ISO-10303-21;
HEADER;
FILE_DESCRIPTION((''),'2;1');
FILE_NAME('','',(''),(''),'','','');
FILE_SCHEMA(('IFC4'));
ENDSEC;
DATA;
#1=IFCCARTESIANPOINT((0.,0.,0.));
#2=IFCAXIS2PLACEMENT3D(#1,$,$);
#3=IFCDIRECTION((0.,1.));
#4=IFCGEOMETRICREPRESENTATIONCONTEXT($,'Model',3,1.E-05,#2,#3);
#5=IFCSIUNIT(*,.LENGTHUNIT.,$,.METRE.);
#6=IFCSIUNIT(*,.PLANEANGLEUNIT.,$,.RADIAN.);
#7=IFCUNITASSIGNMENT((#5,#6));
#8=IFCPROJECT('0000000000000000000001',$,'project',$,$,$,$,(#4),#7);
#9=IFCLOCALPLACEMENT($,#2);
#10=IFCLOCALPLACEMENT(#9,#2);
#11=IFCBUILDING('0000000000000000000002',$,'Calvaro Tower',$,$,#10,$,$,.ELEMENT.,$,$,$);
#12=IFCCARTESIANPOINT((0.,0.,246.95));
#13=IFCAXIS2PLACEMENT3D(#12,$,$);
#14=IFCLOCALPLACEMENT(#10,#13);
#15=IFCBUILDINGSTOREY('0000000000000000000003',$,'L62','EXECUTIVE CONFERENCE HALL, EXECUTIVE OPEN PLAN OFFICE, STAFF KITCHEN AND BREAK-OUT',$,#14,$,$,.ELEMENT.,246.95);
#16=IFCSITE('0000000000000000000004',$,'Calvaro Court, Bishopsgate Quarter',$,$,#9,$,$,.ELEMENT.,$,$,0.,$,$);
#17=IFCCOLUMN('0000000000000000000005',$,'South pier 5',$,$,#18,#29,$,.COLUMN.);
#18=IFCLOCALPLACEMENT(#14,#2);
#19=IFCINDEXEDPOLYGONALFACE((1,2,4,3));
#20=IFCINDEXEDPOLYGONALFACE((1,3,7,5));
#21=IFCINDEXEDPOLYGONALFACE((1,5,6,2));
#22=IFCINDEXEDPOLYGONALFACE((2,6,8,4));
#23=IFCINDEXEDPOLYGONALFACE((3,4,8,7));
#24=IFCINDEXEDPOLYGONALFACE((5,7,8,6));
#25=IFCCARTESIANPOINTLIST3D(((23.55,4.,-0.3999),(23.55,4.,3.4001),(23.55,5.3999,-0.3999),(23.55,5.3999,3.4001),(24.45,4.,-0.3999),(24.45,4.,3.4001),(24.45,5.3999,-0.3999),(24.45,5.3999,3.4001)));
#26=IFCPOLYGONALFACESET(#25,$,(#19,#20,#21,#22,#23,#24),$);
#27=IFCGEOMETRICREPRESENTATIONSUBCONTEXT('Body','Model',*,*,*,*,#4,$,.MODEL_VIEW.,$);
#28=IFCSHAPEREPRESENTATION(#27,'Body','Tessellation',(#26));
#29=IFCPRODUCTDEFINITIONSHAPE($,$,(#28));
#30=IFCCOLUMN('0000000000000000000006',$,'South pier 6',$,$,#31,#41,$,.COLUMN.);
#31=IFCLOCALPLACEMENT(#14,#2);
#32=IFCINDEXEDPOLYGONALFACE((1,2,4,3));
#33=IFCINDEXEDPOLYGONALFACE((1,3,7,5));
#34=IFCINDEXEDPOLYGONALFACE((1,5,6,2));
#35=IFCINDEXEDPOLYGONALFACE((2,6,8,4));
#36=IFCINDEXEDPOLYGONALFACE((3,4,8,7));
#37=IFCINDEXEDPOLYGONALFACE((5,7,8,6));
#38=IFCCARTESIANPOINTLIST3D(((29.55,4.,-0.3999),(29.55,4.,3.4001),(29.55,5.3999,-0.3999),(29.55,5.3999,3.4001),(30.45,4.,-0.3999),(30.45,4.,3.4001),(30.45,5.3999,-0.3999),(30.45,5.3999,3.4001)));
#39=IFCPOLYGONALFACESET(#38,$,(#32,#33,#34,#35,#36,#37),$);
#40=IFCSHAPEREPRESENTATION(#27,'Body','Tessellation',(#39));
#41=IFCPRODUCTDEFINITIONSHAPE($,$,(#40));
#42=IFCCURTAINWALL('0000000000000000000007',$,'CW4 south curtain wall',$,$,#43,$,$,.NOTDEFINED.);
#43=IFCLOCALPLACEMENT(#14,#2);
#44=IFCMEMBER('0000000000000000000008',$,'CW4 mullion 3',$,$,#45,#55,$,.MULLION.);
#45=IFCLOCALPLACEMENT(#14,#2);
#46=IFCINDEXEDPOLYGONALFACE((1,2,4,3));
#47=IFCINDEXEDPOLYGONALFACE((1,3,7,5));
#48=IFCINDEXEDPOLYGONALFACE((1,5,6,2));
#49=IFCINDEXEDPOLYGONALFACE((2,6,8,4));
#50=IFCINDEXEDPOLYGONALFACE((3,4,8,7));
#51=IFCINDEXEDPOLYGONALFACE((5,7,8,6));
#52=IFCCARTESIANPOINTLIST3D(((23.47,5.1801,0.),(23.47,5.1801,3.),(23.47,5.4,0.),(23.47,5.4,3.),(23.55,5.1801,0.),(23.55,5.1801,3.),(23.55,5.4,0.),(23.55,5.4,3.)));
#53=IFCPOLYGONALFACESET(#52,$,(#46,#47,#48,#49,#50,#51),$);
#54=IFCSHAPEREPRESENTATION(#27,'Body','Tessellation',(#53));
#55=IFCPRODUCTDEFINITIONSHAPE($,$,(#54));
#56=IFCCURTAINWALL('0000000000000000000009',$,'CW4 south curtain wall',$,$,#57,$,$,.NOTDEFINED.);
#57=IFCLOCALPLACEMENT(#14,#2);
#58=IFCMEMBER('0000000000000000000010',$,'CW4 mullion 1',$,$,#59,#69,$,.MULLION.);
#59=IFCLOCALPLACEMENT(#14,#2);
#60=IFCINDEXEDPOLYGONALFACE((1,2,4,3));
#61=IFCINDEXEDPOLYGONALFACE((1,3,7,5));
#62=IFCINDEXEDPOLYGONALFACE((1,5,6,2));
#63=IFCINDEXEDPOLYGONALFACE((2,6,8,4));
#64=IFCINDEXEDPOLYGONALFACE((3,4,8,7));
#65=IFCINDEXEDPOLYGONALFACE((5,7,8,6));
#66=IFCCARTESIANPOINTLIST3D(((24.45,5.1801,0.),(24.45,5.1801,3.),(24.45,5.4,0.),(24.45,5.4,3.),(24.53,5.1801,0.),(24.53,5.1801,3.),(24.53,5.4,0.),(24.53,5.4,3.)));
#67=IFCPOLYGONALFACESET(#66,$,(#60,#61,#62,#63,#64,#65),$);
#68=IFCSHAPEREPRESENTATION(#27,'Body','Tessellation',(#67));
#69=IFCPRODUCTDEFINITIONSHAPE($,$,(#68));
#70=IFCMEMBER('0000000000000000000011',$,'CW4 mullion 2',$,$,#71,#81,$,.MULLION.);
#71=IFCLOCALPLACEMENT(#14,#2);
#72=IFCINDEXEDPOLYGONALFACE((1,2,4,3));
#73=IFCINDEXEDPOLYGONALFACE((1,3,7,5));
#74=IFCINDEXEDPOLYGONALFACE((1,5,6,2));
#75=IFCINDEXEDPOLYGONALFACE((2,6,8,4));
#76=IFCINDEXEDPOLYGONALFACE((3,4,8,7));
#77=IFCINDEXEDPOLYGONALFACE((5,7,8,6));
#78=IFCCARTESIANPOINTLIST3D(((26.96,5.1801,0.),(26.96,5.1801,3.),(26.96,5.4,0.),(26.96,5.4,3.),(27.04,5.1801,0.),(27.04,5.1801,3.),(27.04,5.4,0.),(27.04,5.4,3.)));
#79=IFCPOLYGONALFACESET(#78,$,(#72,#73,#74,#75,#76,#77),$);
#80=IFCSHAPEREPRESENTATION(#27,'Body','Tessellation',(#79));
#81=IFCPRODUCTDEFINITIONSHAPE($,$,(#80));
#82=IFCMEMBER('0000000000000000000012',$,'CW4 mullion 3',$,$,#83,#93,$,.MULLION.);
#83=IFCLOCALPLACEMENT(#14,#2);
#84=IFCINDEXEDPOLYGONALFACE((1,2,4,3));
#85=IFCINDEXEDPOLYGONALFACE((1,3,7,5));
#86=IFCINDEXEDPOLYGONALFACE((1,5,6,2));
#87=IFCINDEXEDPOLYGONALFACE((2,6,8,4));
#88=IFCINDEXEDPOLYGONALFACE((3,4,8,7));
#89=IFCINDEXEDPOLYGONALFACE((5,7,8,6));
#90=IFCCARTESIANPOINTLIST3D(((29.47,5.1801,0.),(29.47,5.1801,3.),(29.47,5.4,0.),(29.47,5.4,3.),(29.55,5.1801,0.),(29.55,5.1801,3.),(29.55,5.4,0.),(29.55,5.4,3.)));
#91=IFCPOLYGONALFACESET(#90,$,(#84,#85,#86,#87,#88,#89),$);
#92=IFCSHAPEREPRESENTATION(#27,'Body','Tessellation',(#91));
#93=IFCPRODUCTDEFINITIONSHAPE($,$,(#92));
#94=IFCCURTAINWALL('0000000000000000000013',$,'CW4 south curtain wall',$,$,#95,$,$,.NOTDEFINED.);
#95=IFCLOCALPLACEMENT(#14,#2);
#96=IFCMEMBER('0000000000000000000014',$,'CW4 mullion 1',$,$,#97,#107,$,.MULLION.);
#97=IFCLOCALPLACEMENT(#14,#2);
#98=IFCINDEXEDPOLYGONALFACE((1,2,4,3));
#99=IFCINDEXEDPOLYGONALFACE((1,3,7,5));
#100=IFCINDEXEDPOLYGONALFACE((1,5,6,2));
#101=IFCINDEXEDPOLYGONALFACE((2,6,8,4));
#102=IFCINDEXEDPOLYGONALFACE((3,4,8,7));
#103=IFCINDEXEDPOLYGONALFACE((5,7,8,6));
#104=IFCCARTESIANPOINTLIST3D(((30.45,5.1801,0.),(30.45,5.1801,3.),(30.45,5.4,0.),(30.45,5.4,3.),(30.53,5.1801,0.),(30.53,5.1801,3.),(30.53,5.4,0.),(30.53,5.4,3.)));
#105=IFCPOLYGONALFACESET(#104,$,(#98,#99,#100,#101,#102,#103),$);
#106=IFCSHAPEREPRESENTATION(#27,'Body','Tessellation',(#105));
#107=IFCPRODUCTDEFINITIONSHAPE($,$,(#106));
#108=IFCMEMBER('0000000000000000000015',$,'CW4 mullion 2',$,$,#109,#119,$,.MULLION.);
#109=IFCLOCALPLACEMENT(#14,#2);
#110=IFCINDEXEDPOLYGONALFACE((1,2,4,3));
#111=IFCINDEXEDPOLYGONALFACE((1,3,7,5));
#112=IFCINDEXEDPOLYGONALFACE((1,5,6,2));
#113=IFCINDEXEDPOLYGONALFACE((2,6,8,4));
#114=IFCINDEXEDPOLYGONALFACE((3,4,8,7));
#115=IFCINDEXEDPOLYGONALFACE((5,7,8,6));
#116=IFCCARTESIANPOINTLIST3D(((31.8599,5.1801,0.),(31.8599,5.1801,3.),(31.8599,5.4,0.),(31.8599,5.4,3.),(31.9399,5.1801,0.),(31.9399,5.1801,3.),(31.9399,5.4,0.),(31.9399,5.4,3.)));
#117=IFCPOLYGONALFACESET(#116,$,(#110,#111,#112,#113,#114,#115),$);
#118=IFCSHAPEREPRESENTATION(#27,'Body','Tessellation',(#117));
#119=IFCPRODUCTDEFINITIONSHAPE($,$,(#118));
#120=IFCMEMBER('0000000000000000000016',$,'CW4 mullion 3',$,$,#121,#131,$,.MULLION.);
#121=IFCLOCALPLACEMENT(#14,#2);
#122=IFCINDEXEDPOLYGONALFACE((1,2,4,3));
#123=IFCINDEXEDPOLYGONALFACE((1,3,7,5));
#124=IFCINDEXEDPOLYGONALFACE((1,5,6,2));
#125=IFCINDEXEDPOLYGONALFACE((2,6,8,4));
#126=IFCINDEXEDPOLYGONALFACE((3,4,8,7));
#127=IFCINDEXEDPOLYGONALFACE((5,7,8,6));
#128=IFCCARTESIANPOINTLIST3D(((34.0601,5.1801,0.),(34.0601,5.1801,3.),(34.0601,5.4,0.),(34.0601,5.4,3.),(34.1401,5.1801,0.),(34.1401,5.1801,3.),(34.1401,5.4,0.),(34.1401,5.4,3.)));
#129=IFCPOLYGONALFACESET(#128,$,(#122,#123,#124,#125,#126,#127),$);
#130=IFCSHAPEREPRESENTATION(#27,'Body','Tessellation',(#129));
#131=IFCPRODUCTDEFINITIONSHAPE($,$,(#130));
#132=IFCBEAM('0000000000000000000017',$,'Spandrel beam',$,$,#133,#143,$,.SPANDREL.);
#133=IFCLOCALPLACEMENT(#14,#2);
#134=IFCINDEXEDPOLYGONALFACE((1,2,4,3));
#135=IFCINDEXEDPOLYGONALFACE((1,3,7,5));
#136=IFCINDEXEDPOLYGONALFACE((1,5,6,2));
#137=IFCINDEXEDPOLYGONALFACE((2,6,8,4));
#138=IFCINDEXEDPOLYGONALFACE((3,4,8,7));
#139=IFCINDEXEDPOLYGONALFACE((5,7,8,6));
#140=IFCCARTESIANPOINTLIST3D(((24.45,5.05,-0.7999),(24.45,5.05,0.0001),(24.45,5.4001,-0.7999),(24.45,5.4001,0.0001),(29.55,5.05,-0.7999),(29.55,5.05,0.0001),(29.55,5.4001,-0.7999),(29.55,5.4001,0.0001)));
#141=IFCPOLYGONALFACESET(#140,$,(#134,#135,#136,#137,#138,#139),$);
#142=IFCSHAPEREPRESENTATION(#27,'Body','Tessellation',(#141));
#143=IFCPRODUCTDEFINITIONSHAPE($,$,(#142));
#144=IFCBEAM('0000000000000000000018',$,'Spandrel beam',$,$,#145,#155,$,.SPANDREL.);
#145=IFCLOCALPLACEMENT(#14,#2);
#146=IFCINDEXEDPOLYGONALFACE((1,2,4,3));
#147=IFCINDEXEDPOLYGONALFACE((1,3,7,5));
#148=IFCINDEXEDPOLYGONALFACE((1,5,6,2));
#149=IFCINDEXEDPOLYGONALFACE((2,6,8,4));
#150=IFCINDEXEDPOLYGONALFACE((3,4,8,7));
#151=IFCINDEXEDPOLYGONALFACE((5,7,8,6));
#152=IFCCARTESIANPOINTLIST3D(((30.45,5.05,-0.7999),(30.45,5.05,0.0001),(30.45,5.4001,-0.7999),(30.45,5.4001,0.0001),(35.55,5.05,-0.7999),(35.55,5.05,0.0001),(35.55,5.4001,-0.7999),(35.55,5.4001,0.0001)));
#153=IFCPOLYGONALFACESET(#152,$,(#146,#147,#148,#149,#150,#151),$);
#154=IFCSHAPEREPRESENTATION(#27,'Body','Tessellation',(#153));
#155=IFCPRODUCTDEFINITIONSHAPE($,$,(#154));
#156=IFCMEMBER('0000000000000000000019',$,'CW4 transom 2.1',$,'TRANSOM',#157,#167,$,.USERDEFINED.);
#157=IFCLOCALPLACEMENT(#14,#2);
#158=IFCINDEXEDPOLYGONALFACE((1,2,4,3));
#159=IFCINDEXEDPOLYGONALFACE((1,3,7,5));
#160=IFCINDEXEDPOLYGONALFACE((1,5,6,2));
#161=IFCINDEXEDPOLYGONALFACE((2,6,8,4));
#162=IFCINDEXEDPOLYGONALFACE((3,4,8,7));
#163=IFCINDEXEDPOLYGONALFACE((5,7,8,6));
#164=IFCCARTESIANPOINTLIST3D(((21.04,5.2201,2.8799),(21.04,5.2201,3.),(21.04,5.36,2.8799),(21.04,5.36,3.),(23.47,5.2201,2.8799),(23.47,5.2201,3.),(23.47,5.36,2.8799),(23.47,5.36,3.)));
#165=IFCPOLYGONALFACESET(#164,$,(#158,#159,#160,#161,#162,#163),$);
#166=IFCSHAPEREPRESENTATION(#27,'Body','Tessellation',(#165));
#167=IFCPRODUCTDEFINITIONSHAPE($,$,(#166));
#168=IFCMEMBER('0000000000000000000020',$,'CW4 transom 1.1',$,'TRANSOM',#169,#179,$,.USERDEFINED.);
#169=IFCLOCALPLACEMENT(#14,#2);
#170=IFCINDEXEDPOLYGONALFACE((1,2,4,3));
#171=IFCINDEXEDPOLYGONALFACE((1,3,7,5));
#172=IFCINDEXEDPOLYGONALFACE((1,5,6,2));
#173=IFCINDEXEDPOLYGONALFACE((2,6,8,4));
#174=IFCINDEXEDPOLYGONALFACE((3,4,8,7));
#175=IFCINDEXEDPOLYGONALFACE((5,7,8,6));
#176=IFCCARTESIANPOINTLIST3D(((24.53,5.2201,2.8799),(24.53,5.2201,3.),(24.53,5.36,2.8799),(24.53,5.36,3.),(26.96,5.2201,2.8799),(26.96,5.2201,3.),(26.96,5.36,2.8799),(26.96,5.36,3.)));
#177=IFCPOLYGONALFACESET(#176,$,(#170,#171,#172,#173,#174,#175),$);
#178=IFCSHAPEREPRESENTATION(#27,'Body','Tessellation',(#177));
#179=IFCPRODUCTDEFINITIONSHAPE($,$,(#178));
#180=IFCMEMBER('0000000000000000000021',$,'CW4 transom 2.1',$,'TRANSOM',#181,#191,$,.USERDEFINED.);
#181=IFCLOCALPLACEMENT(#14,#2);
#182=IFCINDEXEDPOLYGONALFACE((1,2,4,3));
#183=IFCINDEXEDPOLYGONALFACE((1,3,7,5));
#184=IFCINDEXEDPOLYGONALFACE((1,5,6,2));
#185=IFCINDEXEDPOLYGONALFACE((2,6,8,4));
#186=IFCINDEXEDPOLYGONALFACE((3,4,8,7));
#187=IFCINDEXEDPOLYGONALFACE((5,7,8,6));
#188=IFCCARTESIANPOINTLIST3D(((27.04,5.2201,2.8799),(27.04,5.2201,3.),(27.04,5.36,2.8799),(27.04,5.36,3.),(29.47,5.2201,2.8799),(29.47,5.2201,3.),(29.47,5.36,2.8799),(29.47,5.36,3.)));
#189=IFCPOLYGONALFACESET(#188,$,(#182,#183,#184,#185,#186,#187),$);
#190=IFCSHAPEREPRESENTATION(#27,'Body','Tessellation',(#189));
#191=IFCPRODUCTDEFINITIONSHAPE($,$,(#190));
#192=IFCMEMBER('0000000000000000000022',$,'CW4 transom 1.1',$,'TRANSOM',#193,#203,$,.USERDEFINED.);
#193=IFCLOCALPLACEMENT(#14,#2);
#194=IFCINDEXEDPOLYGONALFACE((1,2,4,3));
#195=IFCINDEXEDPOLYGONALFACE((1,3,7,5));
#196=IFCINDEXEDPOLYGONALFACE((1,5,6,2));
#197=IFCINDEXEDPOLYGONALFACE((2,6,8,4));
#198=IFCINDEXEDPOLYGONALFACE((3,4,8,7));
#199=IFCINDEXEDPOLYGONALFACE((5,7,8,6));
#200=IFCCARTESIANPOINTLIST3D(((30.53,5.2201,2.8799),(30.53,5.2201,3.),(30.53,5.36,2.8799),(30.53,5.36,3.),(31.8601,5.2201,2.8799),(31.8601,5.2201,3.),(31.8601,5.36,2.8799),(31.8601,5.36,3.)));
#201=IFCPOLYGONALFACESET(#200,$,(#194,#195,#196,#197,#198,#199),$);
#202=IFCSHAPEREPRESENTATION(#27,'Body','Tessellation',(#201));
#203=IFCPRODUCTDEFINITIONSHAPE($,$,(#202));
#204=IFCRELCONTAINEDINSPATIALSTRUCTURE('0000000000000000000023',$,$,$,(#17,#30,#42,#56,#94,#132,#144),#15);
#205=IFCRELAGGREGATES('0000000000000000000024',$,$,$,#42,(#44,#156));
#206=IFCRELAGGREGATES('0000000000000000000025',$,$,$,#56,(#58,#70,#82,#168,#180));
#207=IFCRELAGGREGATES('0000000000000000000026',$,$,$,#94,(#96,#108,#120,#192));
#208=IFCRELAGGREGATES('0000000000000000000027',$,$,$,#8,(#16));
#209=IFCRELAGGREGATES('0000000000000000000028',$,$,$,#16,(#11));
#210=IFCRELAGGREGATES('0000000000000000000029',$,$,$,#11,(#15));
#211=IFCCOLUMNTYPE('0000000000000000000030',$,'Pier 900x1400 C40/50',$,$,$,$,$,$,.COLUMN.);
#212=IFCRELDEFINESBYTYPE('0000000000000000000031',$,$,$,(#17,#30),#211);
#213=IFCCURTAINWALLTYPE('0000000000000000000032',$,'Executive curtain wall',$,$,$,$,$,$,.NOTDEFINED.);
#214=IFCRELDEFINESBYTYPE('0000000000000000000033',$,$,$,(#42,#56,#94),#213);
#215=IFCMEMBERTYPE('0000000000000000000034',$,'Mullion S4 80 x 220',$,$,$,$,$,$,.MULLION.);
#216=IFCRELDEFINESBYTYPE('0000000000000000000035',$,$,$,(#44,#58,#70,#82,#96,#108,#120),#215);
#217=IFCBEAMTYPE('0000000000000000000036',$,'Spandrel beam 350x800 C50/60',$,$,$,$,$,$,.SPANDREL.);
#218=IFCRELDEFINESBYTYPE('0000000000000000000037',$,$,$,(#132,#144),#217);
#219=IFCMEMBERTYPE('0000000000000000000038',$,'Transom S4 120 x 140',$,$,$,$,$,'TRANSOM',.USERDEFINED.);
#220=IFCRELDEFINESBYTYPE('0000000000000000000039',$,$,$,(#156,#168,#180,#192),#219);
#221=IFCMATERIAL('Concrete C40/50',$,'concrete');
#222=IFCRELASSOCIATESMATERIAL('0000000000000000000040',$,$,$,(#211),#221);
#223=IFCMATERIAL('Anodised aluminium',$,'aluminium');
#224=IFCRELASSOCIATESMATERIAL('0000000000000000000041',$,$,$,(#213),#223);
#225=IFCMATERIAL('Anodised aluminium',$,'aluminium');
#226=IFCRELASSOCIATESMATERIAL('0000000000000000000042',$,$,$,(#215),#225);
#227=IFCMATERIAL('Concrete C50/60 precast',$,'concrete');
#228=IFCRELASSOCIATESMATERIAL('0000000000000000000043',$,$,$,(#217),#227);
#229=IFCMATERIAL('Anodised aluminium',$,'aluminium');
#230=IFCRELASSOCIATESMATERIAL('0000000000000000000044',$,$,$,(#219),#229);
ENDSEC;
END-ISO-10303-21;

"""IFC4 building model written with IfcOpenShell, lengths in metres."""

from ifc_helpers import new_model, si_unit, direction, frame, origin, origin_2d, place, context, subcontext, project, spatial, rectangle, extrude, material, material_profile, profile_set, type_object, element, aggregate, save


model = new_model("IFC4")

# Units and contexts
model_context = context("Model", 3, precision=1e-05, world=origin(), true_north=direction((0.0, 1.0)))
body_context = subcontext(model_context, "Body", "Model", "MODEL_VIEW")
ifc_project = project(units=[si_unit("LENGTHUNIT", "METRE"), si_unit("PLANEANGLEUNIT", "RADIAN")], contexts=[model_context])

# Site, building, storey
site_placement = place(None, origin())
site = spatial("IfcSite", under=ifc_project, at=site_placement, Name="Calvaro Court, Bishopsgate Quarter", CompositionType="ELEMENT", RefElevation=0.0)
building_placement = place(site_placement, origin())
building = spatial("IfcBuilding", under=site, at=building_placement, Name="Calvaro Tower", CompositionType="ELEMENT")
storey_placement = place(building_placement, frame((0.0, 0.0, 246.95)))
storey = spatial("IfcBuildingStorey", under=building, at=storey_placement, Name="L62", Description="EXECUTIVE CONFERENCE HALL, EXECUTIVE OPEN PLAN OFFICE, STAFF KITCHEN AND BREAK-OUT", CompositionType="ELEMENT", Elevation=246.95)

# Columns
ifc_material_1 = material(Name="Concrete C40/50", Category="concrete")
ifc_material_profile_1 = material_profile(ifc_material_1, rectangle(XDim=0.8999, YDim=1.3999, at=origin_2d()), Name="RC 900x1400")
ifc_profile_set_1 = profile_set([ifc_material_profile_1], Name="Concrete C40/50")
column_type = type_object("IfcColumnType", Name="Pier 900x1400 C40/50", PredefinedType="COLUMN", material=ifc_profile_set_1)
for number, where, z_axis, x_axis, name in (
    (1, (24.0, 4.7, -0.3999), (0.0, 0.0, 1.0), (1.0, 0.0, 0.0), "South pier 5"),
    (2, (30.0, 4.7, -0.3999), (0.0, 0.0, 1.0), (1.0, 0.0, 0.0), "South pier 6"),
):
    element("IfcColumn", number, at=place(storey_placement, frame(where, z_axis=z_axis, x_axis=x_axis)), inside=storey, type_object=column_type, Name=name, PredefinedType="COLUMN", context=body_context, shape_type="SweptSolid", body=[
        extrude(rectangle(XDim=0.8999, YDim=1.3999, at=origin_2d()), origin(), (0.0, 0.0, 1.0), 3.8),
    ])

# Curtain wall, member
ifc_material_2 = material(Name="Anodised aluminium", Category="aluminium")
curtain_wall_type = type_object("IfcCurtainWallType", Name="Executive curtain wall", PredefinedType="NOTDEFINED", material=ifc_material_2)
curtain_wall_1_placement = place(storey_placement, origin())
curtain_wall_1 = element("IfcCurtainWall", 3, at=curtain_wall_1_placement, inside=storey, type_object=curtain_wall_type, Name="CW4 south curtain wall", PredefinedType="NOTDEFINED")
ifc_material_3 = material(Name="Anodised aluminium", Category="aluminium")
ifc_material_profile_2 = material_profile(ifc_material_3, rectangle(XDim=0.22, YDim=0.0801, at=origin_2d()), Name="Mullion S4 80 x 220")
ifc_profile_set_2 = profile_set([ifc_material_profile_2], Name="Anodised aluminium")
member_type_1 = type_object("IfcMemberType", Name="Mullion S4 80 x 220", PredefinedType="MULLION", material=ifc_profile_set_2)
member_1_placement = place(storey_placement, frame((23.51, 5.29, 0.0), z_axis=(0.0, 0.0, 1.0), x_axis=(0.0, 1.0, 0.0)))
member_1 = element("IfcMember", 4, at=member_1_placement, type_object=member_type_1, Name="CW4 mullion 3", PredefinedType="MULLION", context=body_context, shape_type="SweptSolid", body=[
    extrude(rectangle(XDim=0.22, YDim=0.0801, at=origin_2d()), origin(), (0.0, 0.0, 1.0), 3.0),
])

# Curtain walls, members
curtain_wall_2_placement = place(storey_placement, origin())
curtain_wall_2 = element("IfcCurtainWall", 5, at=curtain_wall_2_placement, inside=storey, type_object=curtain_wall_type, Name="CW4 south curtain wall", PredefinedType="NOTDEFINED")
member_2_placement = place(storey_placement, frame((24.49, 5.29, 0.0), z_axis=(0.0, 0.0, 1.0), x_axis=(0.0, 1.0, 0.0)))
member_2 = element("IfcMember", 6, at=member_2_placement, type_object=member_type_1, Name="CW4 mullion 1", PredefinedType="MULLION", context=body_context, shape_type="SweptSolid", body=[
    extrude(rectangle(XDim=0.22, YDim=0.0801, at=origin_2d()), origin(), (0.0, 0.0, 1.0), 3.0),
])
member_3_placement = place(storey_placement, frame((27.0, 5.29, 0.0), z_axis=(0.0, 0.0, 1.0), x_axis=(0.0, 1.0, 0.0)))
member_3 = element("IfcMember", 7, at=member_3_placement, type_object=member_type_1, Name="CW4 mullion 2", PredefinedType="MULLION", context=body_context, shape_type="SweptSolid", body=[
    extrude(rectangle(XDim=0.22, YDim=0.0801, at=origin_2d()), origin(), (0.0, 0.0, 1.0), 3.0),
])
member_4_placement = place(storey_placement, frame((29.51, 5.29, 0.0), z_axis=(0.0, 0.0, 1.0), x_axis=(0.0, 1.0, 0.0)))
member_4 = element("IfcMember", 8, at=member_4_placement, type_object=member_type_1, Name="CW4 mullion 3", PredefinedType="MULLION", context=body_context, shape_type="SweptSolid", body=[
    extrude(rectangle(XDim=0.22, YDim=0.0801, at=origin_2d()), origin(), (0.0, 0.0, 1.0), 3.0),
])
curtain_wall_3_placement = place(storey_placement, origin())
curtain_wall_3 = element("IfcCurtainWall", 9, at=curtain_wall_3_placement, inside=storey, type_object=curtain_wall_type, Name="CW4 south curtain wall", PredefinedType="NOTDEFINED")
member_5_placement = place(storey_placement, frame((30.49, 5.29, 0.0), z_axis=(0.0, 0.0, 1.0), x_axis=(0.0, 1.0, 0.0)))
member_5 = element("IfcMember", 10, at=member_5_placement, type_object=member_type_1, Name="CW4 mullion 1", PredefinedType="MULLION", context=body_context, shape_type="SweptSolid", body=[
    extrude(rectangle(XDim=0.22, YDim=0.0801, at=origin_2d()), origin(), (0.0, 0.0, 1.0), 3.0),
])
member_6_placement = place(storey_placement, frame((31.8999, 5.29, 0.0), z_axis=(0.0, 0.0, 1.0), x_axis=(0.0, 1.0, 0.0)))
member_6 = element("IfcMember", 11, at=member_6_placement, type_object=member_type_1, Name="CW4 mullion 2", PredefinedType="MULLION", context=body_context, shape_type="SweptSolid", body=[
    extrude(rectangle(XDim=0.22, YDim=0.0801, at=origin_2d()), origin(), (0.0, 0.0, 1.0), 3.0),
])
member_7_placement = place(storey_placement, frame((34.1001, 5.29, 0.0), z_axis=(0.0, 0.0, 1.0), x_axis=(0.0, 1.0, 0.0)))
member_7 = element("IfcMember", 12, at=member_7_placement, type_object=member_type_1, Name="CW4 mullion 3", PredefinedType="MULLION", context=body_context, shape_type="SweptSolid", body=[
    extrude(rectangle(XDim=0.22, YDim=0.0801, at=origin_2d()), origin(), (0.0, 0.0, 1.0), 3.0),
])

# Beams
ifc_material_4 = material(Name="Concrete C50/60 precast", Category="concrete")
ifc_material_profile_3 = material_profile(ifc_material_4, rectangle(XDim=0.3501, YDim=0.8, at=origin_2d()), Name="RC 350x800")
ifc_profile_set_3 = profile_set([ifc_material_profile_3], Name="Concrete C50/60 precast")
beam_type = type_object("IfcBeamType", Name="Spandrel beam 350x800 C50/60", PredefinedType="SPANDREL", material=ifc_profile_set_3)
for number, where, z_axis, x_axis, name in (
    (13, (24.45, 5.2251, -0.3999), (1.0, 0.0, 0.0), (0.0, 1.0, 0.0), "Spandrel beam"),
    (14, (30.45, 5.2251, -0.3999), (1.0, 0.0, 0.0), (0.0, 1.0, 0.0), "Spandrel beam"),
):
    element("IfcBeam", number, at=place(storey_placement, frame(where, z_axis=z_axis, x_axis=x_axis)), inside=storey, type_object=beam_type, Name=name, PredefinedType="SPANDREL", context=body_context, shape_type="SweptSolid", body=[
        extrude(rectangle(XDim=0.3501, YDim=0.8, at=origin_2d()), origin(), (0.0, 0.0, 1.0), 5.1001),
    ])

# Members
ifc_material_5 = material(Name="Anodised aluminium", Category="aluminium")
ifc_material_profile_4 = material_profile(ifc_material_5, rectangle(XDim=0.1399, YDim=0.1201, at=origin_2d()), Name="Transom S4 120 x 140")
ifc_profile_set_4 = profile_set([ifc_material_profile_4], Name="Anodised aluminium")
member_type_2 = type_object("IfcMemberType", Name="Transom S4 120 x 140", ElementType="TRANSOM", PredefinedType="USERDEFINED", material=ifc_profile_set_4)
member_8_placement = place(storey_placement, frame((21.04, 5.29, 2.9399), z_axis=(1.0, 0.0, 0.0), x_axis=(0.0, 1.0, 0.0)))
member_8 = element("IfcMember", 15, at=member_8_placement, type_object=member_type_2, Name="CW4 transom 2.1", ObjectType="TRANSOM", PredefinedType="USERDEFINED", context=body_context, shape_type="SweptSolid", body=[
    extrude(rectangle(XDim=0.1399, YDim=0.1201, at=origin_2d()), origin(), (0.0, 0.0, 1.0), 2.4299),
])
member_9_placement = place(storey_placement, frame((24.53, 5.29, 2.9399), z_axis=(1.0, 0.0, 0.0), x_axis=(0.0, 1.0, 0.0)))
member_9 = element("IfcMember", 16, at=member_9_placement, type_object=member_type_2, Name="CW4 transom 1.1", ObjectType="TRANSOM", PredefinedType="USERDEFINED", context=body_context, shape_type="SweptSolid", body=[
    extrude(rectangle(XDim=0.1399, YDim=0.1201, at=origin_2d()), origin(), (0.0, 0.0, 1.0), 2.4299),
])
member_10_placement = place(storey_placement, frame((27.04, 5.29, 2.9399), z_axis=(1.0, 0.0, 0.0), x_axis=(0.0, 1.0, 0.0)))
member_10 = element("IfcMember", 17, at=member_10_placement, type_object=member_type_2, Name="CW4 transom 2.1", ObjectType="TRANSOM", PredefinedType="USERDEFINED", context=body_context, shape_type="SweptSolid", body=[
    extrude(rectangle(XDim=0.1399, YDim=0.1201, at=origin_2d()), origin(), (0.0, 0.0, 1.0), 2.4299),
])
member_11_placement = place(storey_placement, frame((30.53, 5.29, 2.9399), z_axis=(1.0, 0.0, 0.0), x_axis=(0.0, 1.0, 0.0)))
member_11 = element("IfcMember", 18, at=member_11_placement, type_object=member_type_2, Name="CW4 transom 1.1", ObjectType="TRANSOM", PredefinedType="USERDEFINED", context=body_context, shape_type="SweptSolid", body=[
    extrude(rectangle(XDim=0.1399, YDim=0.1201, at=origin_2d()), origin(), (0.0, 0.0, 1.0), 1.3301),
])

aggregate(curtain_wall_1, [member_1, member_8])
aggregate(curtain_wall_2, [member_2, member_3, member_4, member_9, member_10])
aggregate(curtain_wall_3, [member_5, member_6, member_7, member_11])

save(model, "model.ifc")
